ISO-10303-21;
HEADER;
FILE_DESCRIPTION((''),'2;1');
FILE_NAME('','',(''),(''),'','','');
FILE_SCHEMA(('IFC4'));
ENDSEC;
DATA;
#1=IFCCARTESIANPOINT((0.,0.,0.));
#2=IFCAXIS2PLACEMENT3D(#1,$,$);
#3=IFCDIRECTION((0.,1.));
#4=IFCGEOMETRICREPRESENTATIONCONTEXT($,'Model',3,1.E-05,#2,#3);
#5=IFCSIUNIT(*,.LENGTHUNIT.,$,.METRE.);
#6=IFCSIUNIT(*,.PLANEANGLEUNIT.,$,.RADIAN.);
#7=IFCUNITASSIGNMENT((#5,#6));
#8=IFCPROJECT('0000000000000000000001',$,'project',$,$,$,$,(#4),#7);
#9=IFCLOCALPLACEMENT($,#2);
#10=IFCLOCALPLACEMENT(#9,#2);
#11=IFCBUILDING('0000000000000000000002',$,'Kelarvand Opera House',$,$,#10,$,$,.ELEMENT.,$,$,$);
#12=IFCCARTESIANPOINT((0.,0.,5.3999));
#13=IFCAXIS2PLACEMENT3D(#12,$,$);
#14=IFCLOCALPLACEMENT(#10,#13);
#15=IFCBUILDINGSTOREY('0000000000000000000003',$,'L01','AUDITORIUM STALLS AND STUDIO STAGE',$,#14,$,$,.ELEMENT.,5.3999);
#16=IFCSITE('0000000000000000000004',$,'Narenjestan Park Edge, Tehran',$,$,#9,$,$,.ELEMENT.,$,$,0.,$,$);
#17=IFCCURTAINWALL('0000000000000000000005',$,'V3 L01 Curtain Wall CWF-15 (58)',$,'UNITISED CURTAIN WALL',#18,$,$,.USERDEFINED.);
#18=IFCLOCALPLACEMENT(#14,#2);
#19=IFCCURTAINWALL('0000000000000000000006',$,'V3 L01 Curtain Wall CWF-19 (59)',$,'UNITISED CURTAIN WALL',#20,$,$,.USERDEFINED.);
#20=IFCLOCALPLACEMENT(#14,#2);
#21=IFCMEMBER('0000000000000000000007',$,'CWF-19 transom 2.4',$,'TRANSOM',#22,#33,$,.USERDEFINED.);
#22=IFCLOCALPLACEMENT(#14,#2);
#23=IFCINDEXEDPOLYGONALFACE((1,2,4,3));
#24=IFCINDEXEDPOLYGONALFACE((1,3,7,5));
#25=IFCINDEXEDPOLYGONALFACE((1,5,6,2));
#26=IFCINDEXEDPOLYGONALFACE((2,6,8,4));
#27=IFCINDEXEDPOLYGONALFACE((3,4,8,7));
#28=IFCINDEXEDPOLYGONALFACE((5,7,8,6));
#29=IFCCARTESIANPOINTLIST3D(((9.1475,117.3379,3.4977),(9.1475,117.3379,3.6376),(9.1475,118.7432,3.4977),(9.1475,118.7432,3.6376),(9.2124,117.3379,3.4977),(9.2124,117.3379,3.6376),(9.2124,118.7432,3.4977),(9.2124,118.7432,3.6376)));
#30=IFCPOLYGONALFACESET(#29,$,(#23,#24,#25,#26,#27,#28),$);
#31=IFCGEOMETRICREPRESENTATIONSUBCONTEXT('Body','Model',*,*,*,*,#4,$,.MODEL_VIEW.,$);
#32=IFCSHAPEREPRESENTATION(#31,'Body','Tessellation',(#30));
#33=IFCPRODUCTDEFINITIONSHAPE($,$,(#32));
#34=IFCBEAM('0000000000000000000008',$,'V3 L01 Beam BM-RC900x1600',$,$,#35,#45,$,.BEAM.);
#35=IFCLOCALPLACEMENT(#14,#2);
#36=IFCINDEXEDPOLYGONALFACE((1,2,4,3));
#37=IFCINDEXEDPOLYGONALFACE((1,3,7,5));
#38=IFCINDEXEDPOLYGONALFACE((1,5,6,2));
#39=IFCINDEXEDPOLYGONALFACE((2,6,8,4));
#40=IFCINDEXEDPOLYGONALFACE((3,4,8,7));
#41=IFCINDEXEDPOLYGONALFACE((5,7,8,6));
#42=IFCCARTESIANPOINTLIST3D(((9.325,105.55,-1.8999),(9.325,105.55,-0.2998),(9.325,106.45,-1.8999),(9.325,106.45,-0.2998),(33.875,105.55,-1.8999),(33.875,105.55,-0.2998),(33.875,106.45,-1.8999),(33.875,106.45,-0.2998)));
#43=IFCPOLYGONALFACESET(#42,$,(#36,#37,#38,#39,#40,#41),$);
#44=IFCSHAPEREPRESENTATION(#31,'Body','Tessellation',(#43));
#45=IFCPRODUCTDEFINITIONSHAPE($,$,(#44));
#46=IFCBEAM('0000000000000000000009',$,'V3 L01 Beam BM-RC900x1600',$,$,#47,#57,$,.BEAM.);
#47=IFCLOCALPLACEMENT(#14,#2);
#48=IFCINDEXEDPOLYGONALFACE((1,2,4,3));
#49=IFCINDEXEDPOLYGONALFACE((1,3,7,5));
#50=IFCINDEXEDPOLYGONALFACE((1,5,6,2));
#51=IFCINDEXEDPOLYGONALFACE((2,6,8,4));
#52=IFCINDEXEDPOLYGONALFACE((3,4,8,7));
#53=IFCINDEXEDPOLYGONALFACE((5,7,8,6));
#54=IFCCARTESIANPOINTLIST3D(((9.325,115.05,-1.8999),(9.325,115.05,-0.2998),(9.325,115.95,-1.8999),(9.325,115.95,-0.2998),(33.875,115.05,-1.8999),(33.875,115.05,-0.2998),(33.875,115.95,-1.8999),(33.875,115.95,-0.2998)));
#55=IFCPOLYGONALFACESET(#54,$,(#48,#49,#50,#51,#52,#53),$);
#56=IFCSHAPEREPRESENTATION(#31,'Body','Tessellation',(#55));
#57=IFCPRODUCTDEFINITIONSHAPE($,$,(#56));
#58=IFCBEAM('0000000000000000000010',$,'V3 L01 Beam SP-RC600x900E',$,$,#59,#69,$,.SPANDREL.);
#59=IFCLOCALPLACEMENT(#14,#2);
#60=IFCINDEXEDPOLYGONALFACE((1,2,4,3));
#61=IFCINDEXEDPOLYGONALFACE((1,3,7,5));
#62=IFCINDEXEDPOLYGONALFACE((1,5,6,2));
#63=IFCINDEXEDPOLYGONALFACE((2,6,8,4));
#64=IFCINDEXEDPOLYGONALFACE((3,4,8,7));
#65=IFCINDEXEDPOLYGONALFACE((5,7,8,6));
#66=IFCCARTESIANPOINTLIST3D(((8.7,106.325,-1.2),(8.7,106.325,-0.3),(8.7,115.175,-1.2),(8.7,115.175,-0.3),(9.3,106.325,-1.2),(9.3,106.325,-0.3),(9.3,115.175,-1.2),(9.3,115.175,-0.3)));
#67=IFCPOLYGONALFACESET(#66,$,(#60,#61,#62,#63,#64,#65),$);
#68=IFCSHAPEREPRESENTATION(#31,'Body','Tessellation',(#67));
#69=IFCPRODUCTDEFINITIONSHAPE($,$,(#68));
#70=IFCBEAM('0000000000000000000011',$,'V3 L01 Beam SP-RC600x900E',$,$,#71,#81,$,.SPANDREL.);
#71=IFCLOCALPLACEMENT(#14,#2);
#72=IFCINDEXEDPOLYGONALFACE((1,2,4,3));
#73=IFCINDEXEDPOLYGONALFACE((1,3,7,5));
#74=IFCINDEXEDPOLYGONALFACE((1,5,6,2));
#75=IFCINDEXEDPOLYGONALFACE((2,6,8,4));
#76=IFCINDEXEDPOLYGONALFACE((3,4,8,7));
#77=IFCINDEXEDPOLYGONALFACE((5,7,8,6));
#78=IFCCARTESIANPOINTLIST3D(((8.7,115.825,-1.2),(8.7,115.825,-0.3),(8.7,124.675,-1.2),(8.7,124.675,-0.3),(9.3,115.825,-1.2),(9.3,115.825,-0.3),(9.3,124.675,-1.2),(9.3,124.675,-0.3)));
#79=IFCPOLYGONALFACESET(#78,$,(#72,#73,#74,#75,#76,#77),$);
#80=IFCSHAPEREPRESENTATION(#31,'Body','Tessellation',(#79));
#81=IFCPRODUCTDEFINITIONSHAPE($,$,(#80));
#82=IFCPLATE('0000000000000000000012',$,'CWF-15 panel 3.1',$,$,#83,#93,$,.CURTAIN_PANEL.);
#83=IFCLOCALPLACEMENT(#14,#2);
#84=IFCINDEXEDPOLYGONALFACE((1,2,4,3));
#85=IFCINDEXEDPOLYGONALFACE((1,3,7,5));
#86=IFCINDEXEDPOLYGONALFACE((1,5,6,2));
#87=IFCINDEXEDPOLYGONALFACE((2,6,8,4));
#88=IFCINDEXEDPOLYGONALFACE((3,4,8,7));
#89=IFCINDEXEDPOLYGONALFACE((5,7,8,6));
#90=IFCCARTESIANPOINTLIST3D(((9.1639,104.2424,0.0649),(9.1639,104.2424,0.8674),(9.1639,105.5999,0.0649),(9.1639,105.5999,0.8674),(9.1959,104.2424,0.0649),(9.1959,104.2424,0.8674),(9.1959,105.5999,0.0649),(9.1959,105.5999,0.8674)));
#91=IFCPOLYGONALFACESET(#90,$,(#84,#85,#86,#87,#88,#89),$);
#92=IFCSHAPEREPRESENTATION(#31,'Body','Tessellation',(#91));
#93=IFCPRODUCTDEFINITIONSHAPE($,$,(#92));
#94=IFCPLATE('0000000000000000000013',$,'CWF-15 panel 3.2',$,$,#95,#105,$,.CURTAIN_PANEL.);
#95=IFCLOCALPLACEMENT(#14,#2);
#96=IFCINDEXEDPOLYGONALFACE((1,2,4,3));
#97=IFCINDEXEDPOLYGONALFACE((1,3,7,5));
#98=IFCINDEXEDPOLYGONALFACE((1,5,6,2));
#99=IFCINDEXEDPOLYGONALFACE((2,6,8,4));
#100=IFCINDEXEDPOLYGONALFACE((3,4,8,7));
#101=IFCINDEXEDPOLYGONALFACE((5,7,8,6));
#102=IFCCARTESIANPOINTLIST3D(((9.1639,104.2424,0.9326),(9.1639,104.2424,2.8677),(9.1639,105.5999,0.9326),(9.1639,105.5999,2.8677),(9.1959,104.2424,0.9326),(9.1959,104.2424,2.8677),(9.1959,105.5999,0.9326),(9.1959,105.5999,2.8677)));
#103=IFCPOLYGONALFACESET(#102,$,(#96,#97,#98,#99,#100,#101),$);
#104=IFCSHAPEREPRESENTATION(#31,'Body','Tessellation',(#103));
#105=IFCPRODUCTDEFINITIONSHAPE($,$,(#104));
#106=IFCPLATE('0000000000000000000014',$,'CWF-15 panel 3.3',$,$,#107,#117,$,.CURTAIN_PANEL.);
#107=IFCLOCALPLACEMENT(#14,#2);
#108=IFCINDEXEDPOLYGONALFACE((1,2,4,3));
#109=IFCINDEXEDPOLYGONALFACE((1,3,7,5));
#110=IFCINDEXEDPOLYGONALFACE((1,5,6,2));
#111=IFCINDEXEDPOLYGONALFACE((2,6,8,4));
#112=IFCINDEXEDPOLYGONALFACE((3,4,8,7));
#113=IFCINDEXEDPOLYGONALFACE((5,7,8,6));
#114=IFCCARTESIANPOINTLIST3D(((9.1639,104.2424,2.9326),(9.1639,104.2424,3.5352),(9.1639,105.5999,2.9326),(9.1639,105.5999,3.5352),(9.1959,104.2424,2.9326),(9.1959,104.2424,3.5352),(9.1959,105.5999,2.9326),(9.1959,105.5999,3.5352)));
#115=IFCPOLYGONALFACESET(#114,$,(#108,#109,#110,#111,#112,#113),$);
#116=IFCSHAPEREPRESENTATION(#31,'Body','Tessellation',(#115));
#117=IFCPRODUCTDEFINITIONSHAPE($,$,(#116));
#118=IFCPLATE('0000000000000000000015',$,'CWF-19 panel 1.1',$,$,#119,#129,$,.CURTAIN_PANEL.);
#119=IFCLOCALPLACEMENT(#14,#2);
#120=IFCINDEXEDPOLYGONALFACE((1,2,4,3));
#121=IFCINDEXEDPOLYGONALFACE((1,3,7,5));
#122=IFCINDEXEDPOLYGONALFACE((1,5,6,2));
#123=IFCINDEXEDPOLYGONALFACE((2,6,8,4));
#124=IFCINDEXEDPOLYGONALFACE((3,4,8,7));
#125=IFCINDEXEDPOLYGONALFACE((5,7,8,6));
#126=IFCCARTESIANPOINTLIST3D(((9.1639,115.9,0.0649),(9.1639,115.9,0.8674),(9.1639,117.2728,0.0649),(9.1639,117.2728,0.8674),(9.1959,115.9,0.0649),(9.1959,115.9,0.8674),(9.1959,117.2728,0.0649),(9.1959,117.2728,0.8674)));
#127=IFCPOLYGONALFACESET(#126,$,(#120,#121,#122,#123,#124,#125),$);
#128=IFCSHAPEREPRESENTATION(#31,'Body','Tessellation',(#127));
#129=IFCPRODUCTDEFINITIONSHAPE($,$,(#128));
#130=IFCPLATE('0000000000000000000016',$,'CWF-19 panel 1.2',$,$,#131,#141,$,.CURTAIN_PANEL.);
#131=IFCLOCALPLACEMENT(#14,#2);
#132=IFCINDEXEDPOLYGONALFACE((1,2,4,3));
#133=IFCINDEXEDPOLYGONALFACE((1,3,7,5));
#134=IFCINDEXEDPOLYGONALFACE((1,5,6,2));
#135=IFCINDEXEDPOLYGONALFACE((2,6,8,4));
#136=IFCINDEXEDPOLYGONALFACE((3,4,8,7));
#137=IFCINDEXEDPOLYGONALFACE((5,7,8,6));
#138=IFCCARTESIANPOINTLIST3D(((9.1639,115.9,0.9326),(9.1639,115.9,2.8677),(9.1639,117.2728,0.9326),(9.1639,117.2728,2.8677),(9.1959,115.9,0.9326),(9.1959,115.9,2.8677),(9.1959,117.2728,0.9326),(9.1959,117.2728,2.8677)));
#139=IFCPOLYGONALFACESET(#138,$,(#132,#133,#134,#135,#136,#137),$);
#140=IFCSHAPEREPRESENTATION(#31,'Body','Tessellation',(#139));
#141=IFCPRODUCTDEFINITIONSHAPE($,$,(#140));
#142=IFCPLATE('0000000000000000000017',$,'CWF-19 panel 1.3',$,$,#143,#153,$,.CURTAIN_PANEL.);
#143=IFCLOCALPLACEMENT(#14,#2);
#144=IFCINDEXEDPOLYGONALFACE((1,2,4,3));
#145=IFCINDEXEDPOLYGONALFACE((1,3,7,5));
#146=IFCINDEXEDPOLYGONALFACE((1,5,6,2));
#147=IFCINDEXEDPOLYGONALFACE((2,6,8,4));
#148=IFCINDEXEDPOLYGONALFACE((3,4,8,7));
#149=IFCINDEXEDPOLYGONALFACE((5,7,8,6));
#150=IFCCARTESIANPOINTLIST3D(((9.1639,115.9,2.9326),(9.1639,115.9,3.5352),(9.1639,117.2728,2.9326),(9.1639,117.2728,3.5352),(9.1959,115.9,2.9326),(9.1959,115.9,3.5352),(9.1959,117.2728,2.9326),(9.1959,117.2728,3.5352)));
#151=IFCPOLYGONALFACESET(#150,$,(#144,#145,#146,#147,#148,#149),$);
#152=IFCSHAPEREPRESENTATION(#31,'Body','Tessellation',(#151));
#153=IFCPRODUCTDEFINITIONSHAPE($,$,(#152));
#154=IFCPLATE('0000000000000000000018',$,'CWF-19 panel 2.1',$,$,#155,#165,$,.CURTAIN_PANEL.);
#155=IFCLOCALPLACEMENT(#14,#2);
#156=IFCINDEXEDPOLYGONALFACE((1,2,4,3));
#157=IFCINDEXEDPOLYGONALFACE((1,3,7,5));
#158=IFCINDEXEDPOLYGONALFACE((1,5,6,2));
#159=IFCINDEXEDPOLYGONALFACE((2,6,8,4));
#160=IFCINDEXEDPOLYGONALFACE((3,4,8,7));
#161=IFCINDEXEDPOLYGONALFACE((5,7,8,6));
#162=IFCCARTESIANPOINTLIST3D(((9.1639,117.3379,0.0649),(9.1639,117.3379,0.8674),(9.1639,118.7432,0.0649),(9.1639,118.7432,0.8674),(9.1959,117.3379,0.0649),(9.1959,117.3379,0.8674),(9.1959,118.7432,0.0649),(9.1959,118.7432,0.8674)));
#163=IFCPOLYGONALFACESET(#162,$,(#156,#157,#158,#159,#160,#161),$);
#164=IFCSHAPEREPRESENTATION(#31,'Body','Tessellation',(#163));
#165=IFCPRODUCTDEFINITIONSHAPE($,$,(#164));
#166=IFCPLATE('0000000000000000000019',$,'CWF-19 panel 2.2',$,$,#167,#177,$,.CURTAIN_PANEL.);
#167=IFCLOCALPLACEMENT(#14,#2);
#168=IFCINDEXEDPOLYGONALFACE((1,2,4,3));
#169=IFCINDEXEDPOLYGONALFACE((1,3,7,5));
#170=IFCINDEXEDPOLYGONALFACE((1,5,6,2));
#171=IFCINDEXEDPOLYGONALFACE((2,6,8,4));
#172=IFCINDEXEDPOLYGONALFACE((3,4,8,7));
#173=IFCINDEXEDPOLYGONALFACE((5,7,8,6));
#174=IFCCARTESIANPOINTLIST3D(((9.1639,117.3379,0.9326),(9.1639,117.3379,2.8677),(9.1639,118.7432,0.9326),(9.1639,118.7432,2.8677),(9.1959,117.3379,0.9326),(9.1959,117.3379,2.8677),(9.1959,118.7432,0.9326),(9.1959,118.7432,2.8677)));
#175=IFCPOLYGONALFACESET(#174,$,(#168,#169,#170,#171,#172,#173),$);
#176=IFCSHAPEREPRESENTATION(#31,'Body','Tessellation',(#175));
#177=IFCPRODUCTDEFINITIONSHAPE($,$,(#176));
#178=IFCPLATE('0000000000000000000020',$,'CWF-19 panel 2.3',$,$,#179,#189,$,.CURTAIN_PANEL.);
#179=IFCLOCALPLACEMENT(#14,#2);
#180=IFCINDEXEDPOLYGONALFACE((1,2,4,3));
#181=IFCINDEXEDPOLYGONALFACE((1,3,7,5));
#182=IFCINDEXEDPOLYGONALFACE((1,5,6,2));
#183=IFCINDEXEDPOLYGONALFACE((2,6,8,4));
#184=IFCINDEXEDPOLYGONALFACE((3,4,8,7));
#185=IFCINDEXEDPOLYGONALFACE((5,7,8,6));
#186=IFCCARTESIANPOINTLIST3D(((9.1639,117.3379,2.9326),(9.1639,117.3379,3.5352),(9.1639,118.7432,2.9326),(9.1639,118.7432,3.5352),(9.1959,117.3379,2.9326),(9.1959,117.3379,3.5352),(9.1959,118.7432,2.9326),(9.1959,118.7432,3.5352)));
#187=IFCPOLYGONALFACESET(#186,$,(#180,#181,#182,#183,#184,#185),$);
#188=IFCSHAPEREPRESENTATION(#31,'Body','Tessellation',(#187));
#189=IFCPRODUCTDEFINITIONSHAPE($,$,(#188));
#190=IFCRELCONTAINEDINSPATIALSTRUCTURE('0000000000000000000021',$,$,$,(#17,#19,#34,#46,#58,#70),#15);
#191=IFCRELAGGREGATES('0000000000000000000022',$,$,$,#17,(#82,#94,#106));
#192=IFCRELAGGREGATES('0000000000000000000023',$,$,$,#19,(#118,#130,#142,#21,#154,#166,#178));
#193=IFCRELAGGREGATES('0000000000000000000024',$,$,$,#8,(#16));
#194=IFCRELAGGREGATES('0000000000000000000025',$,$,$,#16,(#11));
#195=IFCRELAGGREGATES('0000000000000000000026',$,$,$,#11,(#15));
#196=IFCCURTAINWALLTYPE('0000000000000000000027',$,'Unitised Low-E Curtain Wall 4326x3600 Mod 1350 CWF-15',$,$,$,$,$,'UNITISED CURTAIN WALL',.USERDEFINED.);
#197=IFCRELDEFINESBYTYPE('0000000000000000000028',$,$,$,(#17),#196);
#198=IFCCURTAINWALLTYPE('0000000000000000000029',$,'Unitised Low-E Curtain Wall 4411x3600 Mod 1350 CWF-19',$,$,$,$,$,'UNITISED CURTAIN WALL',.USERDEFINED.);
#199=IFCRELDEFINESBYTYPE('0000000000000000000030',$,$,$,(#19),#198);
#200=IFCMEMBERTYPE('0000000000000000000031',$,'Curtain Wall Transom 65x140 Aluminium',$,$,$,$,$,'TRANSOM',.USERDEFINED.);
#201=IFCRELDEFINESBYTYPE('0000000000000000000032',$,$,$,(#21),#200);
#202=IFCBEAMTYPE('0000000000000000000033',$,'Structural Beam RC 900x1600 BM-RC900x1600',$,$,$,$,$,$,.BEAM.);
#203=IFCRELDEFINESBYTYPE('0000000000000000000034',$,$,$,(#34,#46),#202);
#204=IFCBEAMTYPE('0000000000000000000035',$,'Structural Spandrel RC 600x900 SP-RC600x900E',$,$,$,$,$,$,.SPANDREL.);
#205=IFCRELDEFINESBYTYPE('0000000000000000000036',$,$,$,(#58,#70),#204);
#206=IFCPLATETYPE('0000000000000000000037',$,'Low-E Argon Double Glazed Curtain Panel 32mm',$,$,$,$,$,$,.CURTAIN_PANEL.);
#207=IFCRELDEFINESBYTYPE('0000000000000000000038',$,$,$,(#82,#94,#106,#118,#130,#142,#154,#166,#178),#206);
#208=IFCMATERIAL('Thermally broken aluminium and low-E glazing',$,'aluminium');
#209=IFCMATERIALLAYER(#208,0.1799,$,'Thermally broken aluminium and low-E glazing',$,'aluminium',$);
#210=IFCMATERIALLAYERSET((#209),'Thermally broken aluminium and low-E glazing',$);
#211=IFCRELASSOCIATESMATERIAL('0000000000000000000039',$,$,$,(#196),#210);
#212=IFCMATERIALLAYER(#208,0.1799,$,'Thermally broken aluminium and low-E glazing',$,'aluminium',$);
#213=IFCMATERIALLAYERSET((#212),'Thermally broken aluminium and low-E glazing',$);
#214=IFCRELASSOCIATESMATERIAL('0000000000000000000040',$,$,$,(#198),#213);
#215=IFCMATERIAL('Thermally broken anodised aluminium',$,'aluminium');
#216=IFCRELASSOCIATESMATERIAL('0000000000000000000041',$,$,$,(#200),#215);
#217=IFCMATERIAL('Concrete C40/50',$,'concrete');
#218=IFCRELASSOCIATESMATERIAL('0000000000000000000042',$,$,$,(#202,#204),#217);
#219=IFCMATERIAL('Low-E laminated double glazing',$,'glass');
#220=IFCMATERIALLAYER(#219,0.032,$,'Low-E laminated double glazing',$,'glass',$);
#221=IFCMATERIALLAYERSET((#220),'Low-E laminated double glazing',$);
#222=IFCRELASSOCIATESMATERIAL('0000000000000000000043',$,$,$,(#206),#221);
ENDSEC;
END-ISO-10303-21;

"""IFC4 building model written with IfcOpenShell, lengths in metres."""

from ifc_helpers import new_model, si_unit, direction, frame, origin, origin_2d, place, context, subcontext, project, spatial, rectangle, extrude, material, layer, layer_set, material_profile, profile_set, type_object, element, aggregate, save


model = new_model("IFC4")

# Units and contexts
model_context = context("Model", 3, precision=1e-05, world=origin(), true_north=direction((0.0, 1.0)))
body_context = subcontext(model_context, "Body", "Model", "MODEL_VIEW")
ifc_project = project(units=[si_unit("LENGTHUNIT", "METRE"), si_unit("PLANEANGLEUNIT", "RADIAN")], contexts=[model_context])

# Site, building, storey
site_placement = place(None, origin())
site = spatial("IfcSite", under=ifc_project, at=site_placement, Name="Narenjestan Park Edge, Tehran", CompositionType="ELEMENT", RefElevation=0.0)
building_placement = place(site_placement, origin())
building = spatial("IfcBuilding", under=site, at=building_placement, Name="Kelarvand Opera House", CompositionType="ELEMENT")
storey_placement = place(building_placement, frame((0.0, 0.0, 5.3999)))
storey = spatial("IfcBuildingStorey", under=building, at=storey_placement, Name="L01", Description="AUDITORIUM STALLS AND STUDIO STAGE", CompositionType="ELEMENT", Elevation=5.3999)

# Shared definitions
ifc_material_1 = material(Name="Concrete C40/50", Category="concrete")

# Curtain wall
ifc_material_2 = material(Name="Thermally broken aluminium and low-E glazing", Category="aluminium")
ifc_layer_1 = layer(ifc_material_2, 0.1799, Name="Thermally broken aluminium and low-E glazing", Category="aluminium")
ifc_layer_set_1 = layer_set([ifc_layer_1], Name="Thermally broken aluminium and low-E glazing")
curtain_wall_type_1 = type_object("IfcCurtainWallType", Name="Unitised Low-E Curtain Wall 4326x3600 Mod 1350 CWF-15", ElementType="UNITISED CURTAIN WALL", PredefinedType="USERDEFINED", material=ifc_layer_set_1)
curtain_wall_1_placement = place(storey_placement, origin())
curtain_wall_1 = element("IfcCurtainWall", 1, at=curtain_wall_1_placement, inside=storey, type_object=curtain_wall_type_1, Name="V3 L01 Curtain Wall CWF-15 (58)", ObjectType="UNITISED CURTAIN WALL", PredefinedType="USERDEFINED")
ifc_material_3 = material(Name="Thermally broken anodised aluminium", Category="aluminium")

# Curtain wall
ifc_layer_2 = layer(ifc_material_2, 0.1799, Name="Thermally broken aluminium and low-E glazing", Category="aluminium")
ifc_layer_set_2 = layer_set([ifc_layer_2], Name="Thermally broken aluminium and low-E glazing")
curtain_wall_type_2 = type_object("IfcCurtainWallType", Name="Unitised Low-E Curtain Wall 4411x3600 Mod 1350 CWF-19", ElementType="UNITISED CURTAIN WALL", PredefinedType="USERDEFINED", material=ifc_layer_set_2)
curtain_wall_2_placement = place(storey_placement, origin())
curtain_wall_2 = element("IfcCurtainWall", 2, at=curtain_wall_2_placement, inside=storey, type_object=curtain_wall_type_2, Name="V3 L01 Curtain Wall CWF-19 (59)", ObjectType="UNITISED CURTAIN WALL", PredefinedType="USERDEFINED")

# Member
ifc_material_profile_1 = material_profile(ifc_material_3, rectangle(XDim=0.0649, YDim=0.1399, at=origin_2d()), Name="ALU TRANSOM 65x140", Category="aluminium")
ifc_profile_set_1 = profile_set([ifc_material_profile_1], Name="Thermally broken anodised aluminium")
member_type_1 = type_object("IfcMemberType", Name="Curtain Wall Transom 65x140 Aluminium", ElementType="TRANSOM", PredefinedType="USERDEFINED", material=ifc_profile_set_1)
member_1_placement = place(storey_placement, frame((9.1799, 117.3379, 3.5676), z_axis=(0.0, 1.0, 0.0), x_axis=(-1.0, 0.0, 0.0)))
member_1 = element("IfcMember", 3, at=member_1_placement, type_object=member_type_1, Name="CWF-19 transom 2.4", ObjectType="TRANSOM", PredefinedType="USERDEFINED", context=body_context, shape_type="SweptSolid", body=[
    extrude(rectangle(XDim=0.0649, YDim=0.1399, at=origin_2d()), origin(), (0.0, 0.0, 1.0), 1.4053),
])

# Beams
ifc_material_profile_2 = material_profile(ifc_material_1, rectangle(XDim=0.8999, YDim=1.6001, at=origin_2d()), Name="RC 900x1600", Category="concrete")
ifc_profile_set_2 = profile_set([ifc_material_profile_2], Name="Concrete C40/50")
beam_type_1 = type_object("IfcBeamType", Name="Structural Beam RC 900x1600 BM-RC900x1600", PredefinedType="BEAM", material=ifc_profile_set_2)
for number, where, z_axis, x_axis, name in (
    (4, (9.325, 106.0, -1.0999), (1.0, 0.0, 0.0), (0.0, 1.0, 0.0), "V3 L01 Beam BM-RC900x1600"),
    (5, (9.325, 115.5, -1.0999), (1.0, 0.0, 0.0), (0.0, 1.0, 0.0), "V3 L01 Beam BM-RC900x1600"),
):
    element("IfcBeam", number, at=place(storey_placement, frame(where, z_axis=z_axis, x_axis=x_axis)), inside=storey, type_object=beam_type_1, Name=name, PredefinedType="BEAM", context=body_context, shape_type="SweptSolid", body=[
        extrude(rectangle(XDim=0.8999, YDim=1.6001, at=origin_2d()), origin(), (0.0, 0.0, 1.0), 24.55),
    ])
ifc_material_profile_3 = material_profile(ifc_material_1, rectangle(XDim=0.6001, YDim=0.8999, at=origin_2d()), Name="RC 600x900", Category="concrete")
ifc_profile_set_3 = profile_set([ifc_material_profile_3], Name="Concrete C40/50")
beam_type_2 = type_object("IfcBeamType", Name="Structural Spandrel RC 600x900 SP-RC600x900E", PredefinedType="SPANDREL", material=ifc_profile_set_3)
for number, where, z_axis, x_axis, name in (
    (6, (9.0, 106.325, -0.75), (0.0, 1.0, 0.0), (-1.0, 0.0, 0.0), "V3 L01 Beam SP-RC600x900E"),
    (7, (9.0, 115.825, -0.75), (0.0, 1.0, 0.0), (-1.0, 0.0, 0.0), "V3 L01 Beam SP-RC600x900E"),
):
    element("IfcBeam", number, at=place(storey_placement, frame(where, z_axis=z_axis, x_axis=x_axis)), inside=storey, type_object=beam_type_2, Name=name, PredefinedType="SPANDREL", context=body_context, shape_type="SweptSolid", body=[
        extrude(rectangle(XDim=0.6001, YDim=0.8999, at=origin_2d()), origin(), (0.0, 0.0, 1.0), 8.8501),
    ])

# Plates
ifc_material_4 = material(Name="Low-E laminated double glazing", Category="glass")
ifc_layer_3 = layer(ifc_material_4, 0.032, Name="Low-E laminated double glazing", Category="glass")
ifc_layer_set_3 = layer_set([ifc_layer_3], Name="Low-E laminated double glazing")
plate_type = type_object("IfcPlateType", Name="Low-E Argon Double Glazed Curtain Panel 32mm", PredefinedType="CURTAIN_PANEL", material=ifc_layer_set_3)
plate_1_placement = place(storey_placement, frame((9.1799, 104.9211, 0.0649), z_axis=(0.0, 0.0, 1.0), x_axis=(0.0, 1.0, 0.0)))
plate_1 = element("IfcPlate", 8, at=plate_1_placement, type_object=plate_type, Name="CWF-15 panel 3.1", PredefinedType="CURTAIN_PANEL", context=body_context, shape_type="SweptSolid", body=[
    extrude(rectangle(XDim=1.3574, YDim=0.032, at=origin_2d()), origin(), (0.0, 0.0, 1.0), 0.8025),
])
plate_2_placement = place(storey_placement, frame((9.1799, 104.9211, 0.9326), z_axis=(0.0, 0.0, 1.0), x_axis=(0.0, 1.0, 0.0)))
plate_2 = element("IfcPlate", 9, at=plate_2_placement, type_object=plate_type, Name="CWF-15 panel 3.2", PredefinedType="CURTAIN_PANEL", context=body_context, shape_type="SweptSolid", body=[
    extrude(rectangle(XDim=1.3574, YDim=0.032, at=origin_2d()), origin(), (0.0, 0.0, 1.0), 1.9351),
])
plate_3_placement = place(storey_placement, frame((9.1799, 104.9211, 2.9326), z_axis=(0.0, 0.0, 1.0), x_axis=(0.0, 1.0, 0.0)))
plate_3 = element("IfcPlate", 10, at=plate_3_placement, type_object=plate_type, Name="CWF-15 panel 3.3", PredefinedType="CURTAIN_PANEL", context=body_context, shape_type="SweptSolid", body=[
    extrude(rectangle(XDim=1.3574, YDim=0.032, at=origin_2d()), origin(), (0.0, 0.0, 1.0), 0.6025),
])
aggregate(curtain_wall_1, [plate_1, plate_2, plate_3])
plate_4_placement = place(storey_placement, frame((9.1799, 116.5864, 0.0649), z_axis=(0.0, 0.0, 1.0), x_axis=(0.0, 1.0, 0.0)))
plate_4 = element("IfcPlate", 11, at=plate_4_placement, type_object=plate_type, Name="CWF-19 panel 1.1", PredefinedType="CURTAIN_PANEL", context=body_context, shape_type="SweptSolid", body=[
    extrude(rectangle(XDim=1.3728, YDim=0.032, at=origin_2d()), origin(), (0.0, 0.0, 1.0), 0.8025),
])
plate_5_placement = place(storey_placement, frame((9.1799, 116.5864, 0.9326), z_axis=(0.0, 0.0, 1.0), x_axis=(0.0, 1.0, 0.0)))
plate_5 = element("IfcPlate", 12, at=plate_5_placement, type_object=plate_type, Name="CWF-19 panel 1.2", PredefinedType="CURTAIN_PANEL", context=body_context, shape_type="SweptSolid", body=[
    extrude(rectangle(XDim=1.3728, YDim=0.032, at=origin_2d()), origin(), (0.0, 0.0, 1.0), 1.9351),
])
plate_6_placement = place(storey_placement, frame((9.1799, 116.5864, 2.9326), z_axis=(0.0, 0.0, 1.0), x_axis=(0.0, 1.0, 0.0)))
plate_6 = element("IfcPlate", 13, at=plate_6_placement, type_object=plate_type, Name="CWF-19 panel 1.3", PredefinedType="CURTAIN_PANEL", context=body_context, shape_type="SweptSolid", body=[
    extrude(rectangle(XDim=1.3728, YDim=0.032, at=origin_2d()), origin(), (0.0, 0.0, 1.0), 0.6025),
])
plate_7_placement = place(storey_placement, frame((9.1799, 118.0405, 0.0649), z_axis=(0.0, 0.0, 1.0), x_axis=(0.0, 1.0, 0.0)))
plate_7 = element("IfcPlate", 14, at=plate_7_placement, type_object=plate_type, Name="CWF-19 panel 2.1", PredefinedType="CURTAIN_PANEL", context=body_context, shape_type="SweptSolid", body=[
    extrude(rectangle(XDim=1.4053, YDim=0.032, at=origin_2d()), origin(), (0.0, 0.0, 1.0), 0.8025),
])
plate_8_placement = place(storey_placement, frame((9.1799, 118.0405, 0.9326), z_axis=(0.0, 0.0, 1.0), x_axis=(0.0, 1.0, 0.0)))
plate_8 = element("IfcPlate", 15, at=plate_8_placement, type_object=plate_type, Name="CWF-19 panel 2.2", PredefinedType="CURTAIN_PANEL", context=body_context, shape_type="SweptSolid", body=[
    extrude(rectangle(XDim=1.4053, YDim=0.032, at=origin_2d()), origin(), (0.0, 0.0, 1.0), 1.9351),
])
plate_9_placement = place(storey_placement, frame((9.1799, 118.0405, 2.9326), z_axis=(0.0, 0.0, 1.0), x_axis=(0.0, 1.0, 0.0)))
plate_9 = element("IfcPlate", 16, at=plate_9_placement, type_object=plate_type, Name="CWF-19 panel 2.3", PredefinedType="CURTAIN_PANEL", context=body_context, shape_type="SweptSolid", body=[
    extrude(rectangle(XDim=1.4053, YDim=0.032, at=origin_2d()), origin(), (0.0, 0.0, 1.0), 0.6025),
])
aggregate(curtain_wall_2, [plate_4, plate_5, plate_6, member_1, plate_7, plate_8, plate_9])

save(model, "model.ifc")
